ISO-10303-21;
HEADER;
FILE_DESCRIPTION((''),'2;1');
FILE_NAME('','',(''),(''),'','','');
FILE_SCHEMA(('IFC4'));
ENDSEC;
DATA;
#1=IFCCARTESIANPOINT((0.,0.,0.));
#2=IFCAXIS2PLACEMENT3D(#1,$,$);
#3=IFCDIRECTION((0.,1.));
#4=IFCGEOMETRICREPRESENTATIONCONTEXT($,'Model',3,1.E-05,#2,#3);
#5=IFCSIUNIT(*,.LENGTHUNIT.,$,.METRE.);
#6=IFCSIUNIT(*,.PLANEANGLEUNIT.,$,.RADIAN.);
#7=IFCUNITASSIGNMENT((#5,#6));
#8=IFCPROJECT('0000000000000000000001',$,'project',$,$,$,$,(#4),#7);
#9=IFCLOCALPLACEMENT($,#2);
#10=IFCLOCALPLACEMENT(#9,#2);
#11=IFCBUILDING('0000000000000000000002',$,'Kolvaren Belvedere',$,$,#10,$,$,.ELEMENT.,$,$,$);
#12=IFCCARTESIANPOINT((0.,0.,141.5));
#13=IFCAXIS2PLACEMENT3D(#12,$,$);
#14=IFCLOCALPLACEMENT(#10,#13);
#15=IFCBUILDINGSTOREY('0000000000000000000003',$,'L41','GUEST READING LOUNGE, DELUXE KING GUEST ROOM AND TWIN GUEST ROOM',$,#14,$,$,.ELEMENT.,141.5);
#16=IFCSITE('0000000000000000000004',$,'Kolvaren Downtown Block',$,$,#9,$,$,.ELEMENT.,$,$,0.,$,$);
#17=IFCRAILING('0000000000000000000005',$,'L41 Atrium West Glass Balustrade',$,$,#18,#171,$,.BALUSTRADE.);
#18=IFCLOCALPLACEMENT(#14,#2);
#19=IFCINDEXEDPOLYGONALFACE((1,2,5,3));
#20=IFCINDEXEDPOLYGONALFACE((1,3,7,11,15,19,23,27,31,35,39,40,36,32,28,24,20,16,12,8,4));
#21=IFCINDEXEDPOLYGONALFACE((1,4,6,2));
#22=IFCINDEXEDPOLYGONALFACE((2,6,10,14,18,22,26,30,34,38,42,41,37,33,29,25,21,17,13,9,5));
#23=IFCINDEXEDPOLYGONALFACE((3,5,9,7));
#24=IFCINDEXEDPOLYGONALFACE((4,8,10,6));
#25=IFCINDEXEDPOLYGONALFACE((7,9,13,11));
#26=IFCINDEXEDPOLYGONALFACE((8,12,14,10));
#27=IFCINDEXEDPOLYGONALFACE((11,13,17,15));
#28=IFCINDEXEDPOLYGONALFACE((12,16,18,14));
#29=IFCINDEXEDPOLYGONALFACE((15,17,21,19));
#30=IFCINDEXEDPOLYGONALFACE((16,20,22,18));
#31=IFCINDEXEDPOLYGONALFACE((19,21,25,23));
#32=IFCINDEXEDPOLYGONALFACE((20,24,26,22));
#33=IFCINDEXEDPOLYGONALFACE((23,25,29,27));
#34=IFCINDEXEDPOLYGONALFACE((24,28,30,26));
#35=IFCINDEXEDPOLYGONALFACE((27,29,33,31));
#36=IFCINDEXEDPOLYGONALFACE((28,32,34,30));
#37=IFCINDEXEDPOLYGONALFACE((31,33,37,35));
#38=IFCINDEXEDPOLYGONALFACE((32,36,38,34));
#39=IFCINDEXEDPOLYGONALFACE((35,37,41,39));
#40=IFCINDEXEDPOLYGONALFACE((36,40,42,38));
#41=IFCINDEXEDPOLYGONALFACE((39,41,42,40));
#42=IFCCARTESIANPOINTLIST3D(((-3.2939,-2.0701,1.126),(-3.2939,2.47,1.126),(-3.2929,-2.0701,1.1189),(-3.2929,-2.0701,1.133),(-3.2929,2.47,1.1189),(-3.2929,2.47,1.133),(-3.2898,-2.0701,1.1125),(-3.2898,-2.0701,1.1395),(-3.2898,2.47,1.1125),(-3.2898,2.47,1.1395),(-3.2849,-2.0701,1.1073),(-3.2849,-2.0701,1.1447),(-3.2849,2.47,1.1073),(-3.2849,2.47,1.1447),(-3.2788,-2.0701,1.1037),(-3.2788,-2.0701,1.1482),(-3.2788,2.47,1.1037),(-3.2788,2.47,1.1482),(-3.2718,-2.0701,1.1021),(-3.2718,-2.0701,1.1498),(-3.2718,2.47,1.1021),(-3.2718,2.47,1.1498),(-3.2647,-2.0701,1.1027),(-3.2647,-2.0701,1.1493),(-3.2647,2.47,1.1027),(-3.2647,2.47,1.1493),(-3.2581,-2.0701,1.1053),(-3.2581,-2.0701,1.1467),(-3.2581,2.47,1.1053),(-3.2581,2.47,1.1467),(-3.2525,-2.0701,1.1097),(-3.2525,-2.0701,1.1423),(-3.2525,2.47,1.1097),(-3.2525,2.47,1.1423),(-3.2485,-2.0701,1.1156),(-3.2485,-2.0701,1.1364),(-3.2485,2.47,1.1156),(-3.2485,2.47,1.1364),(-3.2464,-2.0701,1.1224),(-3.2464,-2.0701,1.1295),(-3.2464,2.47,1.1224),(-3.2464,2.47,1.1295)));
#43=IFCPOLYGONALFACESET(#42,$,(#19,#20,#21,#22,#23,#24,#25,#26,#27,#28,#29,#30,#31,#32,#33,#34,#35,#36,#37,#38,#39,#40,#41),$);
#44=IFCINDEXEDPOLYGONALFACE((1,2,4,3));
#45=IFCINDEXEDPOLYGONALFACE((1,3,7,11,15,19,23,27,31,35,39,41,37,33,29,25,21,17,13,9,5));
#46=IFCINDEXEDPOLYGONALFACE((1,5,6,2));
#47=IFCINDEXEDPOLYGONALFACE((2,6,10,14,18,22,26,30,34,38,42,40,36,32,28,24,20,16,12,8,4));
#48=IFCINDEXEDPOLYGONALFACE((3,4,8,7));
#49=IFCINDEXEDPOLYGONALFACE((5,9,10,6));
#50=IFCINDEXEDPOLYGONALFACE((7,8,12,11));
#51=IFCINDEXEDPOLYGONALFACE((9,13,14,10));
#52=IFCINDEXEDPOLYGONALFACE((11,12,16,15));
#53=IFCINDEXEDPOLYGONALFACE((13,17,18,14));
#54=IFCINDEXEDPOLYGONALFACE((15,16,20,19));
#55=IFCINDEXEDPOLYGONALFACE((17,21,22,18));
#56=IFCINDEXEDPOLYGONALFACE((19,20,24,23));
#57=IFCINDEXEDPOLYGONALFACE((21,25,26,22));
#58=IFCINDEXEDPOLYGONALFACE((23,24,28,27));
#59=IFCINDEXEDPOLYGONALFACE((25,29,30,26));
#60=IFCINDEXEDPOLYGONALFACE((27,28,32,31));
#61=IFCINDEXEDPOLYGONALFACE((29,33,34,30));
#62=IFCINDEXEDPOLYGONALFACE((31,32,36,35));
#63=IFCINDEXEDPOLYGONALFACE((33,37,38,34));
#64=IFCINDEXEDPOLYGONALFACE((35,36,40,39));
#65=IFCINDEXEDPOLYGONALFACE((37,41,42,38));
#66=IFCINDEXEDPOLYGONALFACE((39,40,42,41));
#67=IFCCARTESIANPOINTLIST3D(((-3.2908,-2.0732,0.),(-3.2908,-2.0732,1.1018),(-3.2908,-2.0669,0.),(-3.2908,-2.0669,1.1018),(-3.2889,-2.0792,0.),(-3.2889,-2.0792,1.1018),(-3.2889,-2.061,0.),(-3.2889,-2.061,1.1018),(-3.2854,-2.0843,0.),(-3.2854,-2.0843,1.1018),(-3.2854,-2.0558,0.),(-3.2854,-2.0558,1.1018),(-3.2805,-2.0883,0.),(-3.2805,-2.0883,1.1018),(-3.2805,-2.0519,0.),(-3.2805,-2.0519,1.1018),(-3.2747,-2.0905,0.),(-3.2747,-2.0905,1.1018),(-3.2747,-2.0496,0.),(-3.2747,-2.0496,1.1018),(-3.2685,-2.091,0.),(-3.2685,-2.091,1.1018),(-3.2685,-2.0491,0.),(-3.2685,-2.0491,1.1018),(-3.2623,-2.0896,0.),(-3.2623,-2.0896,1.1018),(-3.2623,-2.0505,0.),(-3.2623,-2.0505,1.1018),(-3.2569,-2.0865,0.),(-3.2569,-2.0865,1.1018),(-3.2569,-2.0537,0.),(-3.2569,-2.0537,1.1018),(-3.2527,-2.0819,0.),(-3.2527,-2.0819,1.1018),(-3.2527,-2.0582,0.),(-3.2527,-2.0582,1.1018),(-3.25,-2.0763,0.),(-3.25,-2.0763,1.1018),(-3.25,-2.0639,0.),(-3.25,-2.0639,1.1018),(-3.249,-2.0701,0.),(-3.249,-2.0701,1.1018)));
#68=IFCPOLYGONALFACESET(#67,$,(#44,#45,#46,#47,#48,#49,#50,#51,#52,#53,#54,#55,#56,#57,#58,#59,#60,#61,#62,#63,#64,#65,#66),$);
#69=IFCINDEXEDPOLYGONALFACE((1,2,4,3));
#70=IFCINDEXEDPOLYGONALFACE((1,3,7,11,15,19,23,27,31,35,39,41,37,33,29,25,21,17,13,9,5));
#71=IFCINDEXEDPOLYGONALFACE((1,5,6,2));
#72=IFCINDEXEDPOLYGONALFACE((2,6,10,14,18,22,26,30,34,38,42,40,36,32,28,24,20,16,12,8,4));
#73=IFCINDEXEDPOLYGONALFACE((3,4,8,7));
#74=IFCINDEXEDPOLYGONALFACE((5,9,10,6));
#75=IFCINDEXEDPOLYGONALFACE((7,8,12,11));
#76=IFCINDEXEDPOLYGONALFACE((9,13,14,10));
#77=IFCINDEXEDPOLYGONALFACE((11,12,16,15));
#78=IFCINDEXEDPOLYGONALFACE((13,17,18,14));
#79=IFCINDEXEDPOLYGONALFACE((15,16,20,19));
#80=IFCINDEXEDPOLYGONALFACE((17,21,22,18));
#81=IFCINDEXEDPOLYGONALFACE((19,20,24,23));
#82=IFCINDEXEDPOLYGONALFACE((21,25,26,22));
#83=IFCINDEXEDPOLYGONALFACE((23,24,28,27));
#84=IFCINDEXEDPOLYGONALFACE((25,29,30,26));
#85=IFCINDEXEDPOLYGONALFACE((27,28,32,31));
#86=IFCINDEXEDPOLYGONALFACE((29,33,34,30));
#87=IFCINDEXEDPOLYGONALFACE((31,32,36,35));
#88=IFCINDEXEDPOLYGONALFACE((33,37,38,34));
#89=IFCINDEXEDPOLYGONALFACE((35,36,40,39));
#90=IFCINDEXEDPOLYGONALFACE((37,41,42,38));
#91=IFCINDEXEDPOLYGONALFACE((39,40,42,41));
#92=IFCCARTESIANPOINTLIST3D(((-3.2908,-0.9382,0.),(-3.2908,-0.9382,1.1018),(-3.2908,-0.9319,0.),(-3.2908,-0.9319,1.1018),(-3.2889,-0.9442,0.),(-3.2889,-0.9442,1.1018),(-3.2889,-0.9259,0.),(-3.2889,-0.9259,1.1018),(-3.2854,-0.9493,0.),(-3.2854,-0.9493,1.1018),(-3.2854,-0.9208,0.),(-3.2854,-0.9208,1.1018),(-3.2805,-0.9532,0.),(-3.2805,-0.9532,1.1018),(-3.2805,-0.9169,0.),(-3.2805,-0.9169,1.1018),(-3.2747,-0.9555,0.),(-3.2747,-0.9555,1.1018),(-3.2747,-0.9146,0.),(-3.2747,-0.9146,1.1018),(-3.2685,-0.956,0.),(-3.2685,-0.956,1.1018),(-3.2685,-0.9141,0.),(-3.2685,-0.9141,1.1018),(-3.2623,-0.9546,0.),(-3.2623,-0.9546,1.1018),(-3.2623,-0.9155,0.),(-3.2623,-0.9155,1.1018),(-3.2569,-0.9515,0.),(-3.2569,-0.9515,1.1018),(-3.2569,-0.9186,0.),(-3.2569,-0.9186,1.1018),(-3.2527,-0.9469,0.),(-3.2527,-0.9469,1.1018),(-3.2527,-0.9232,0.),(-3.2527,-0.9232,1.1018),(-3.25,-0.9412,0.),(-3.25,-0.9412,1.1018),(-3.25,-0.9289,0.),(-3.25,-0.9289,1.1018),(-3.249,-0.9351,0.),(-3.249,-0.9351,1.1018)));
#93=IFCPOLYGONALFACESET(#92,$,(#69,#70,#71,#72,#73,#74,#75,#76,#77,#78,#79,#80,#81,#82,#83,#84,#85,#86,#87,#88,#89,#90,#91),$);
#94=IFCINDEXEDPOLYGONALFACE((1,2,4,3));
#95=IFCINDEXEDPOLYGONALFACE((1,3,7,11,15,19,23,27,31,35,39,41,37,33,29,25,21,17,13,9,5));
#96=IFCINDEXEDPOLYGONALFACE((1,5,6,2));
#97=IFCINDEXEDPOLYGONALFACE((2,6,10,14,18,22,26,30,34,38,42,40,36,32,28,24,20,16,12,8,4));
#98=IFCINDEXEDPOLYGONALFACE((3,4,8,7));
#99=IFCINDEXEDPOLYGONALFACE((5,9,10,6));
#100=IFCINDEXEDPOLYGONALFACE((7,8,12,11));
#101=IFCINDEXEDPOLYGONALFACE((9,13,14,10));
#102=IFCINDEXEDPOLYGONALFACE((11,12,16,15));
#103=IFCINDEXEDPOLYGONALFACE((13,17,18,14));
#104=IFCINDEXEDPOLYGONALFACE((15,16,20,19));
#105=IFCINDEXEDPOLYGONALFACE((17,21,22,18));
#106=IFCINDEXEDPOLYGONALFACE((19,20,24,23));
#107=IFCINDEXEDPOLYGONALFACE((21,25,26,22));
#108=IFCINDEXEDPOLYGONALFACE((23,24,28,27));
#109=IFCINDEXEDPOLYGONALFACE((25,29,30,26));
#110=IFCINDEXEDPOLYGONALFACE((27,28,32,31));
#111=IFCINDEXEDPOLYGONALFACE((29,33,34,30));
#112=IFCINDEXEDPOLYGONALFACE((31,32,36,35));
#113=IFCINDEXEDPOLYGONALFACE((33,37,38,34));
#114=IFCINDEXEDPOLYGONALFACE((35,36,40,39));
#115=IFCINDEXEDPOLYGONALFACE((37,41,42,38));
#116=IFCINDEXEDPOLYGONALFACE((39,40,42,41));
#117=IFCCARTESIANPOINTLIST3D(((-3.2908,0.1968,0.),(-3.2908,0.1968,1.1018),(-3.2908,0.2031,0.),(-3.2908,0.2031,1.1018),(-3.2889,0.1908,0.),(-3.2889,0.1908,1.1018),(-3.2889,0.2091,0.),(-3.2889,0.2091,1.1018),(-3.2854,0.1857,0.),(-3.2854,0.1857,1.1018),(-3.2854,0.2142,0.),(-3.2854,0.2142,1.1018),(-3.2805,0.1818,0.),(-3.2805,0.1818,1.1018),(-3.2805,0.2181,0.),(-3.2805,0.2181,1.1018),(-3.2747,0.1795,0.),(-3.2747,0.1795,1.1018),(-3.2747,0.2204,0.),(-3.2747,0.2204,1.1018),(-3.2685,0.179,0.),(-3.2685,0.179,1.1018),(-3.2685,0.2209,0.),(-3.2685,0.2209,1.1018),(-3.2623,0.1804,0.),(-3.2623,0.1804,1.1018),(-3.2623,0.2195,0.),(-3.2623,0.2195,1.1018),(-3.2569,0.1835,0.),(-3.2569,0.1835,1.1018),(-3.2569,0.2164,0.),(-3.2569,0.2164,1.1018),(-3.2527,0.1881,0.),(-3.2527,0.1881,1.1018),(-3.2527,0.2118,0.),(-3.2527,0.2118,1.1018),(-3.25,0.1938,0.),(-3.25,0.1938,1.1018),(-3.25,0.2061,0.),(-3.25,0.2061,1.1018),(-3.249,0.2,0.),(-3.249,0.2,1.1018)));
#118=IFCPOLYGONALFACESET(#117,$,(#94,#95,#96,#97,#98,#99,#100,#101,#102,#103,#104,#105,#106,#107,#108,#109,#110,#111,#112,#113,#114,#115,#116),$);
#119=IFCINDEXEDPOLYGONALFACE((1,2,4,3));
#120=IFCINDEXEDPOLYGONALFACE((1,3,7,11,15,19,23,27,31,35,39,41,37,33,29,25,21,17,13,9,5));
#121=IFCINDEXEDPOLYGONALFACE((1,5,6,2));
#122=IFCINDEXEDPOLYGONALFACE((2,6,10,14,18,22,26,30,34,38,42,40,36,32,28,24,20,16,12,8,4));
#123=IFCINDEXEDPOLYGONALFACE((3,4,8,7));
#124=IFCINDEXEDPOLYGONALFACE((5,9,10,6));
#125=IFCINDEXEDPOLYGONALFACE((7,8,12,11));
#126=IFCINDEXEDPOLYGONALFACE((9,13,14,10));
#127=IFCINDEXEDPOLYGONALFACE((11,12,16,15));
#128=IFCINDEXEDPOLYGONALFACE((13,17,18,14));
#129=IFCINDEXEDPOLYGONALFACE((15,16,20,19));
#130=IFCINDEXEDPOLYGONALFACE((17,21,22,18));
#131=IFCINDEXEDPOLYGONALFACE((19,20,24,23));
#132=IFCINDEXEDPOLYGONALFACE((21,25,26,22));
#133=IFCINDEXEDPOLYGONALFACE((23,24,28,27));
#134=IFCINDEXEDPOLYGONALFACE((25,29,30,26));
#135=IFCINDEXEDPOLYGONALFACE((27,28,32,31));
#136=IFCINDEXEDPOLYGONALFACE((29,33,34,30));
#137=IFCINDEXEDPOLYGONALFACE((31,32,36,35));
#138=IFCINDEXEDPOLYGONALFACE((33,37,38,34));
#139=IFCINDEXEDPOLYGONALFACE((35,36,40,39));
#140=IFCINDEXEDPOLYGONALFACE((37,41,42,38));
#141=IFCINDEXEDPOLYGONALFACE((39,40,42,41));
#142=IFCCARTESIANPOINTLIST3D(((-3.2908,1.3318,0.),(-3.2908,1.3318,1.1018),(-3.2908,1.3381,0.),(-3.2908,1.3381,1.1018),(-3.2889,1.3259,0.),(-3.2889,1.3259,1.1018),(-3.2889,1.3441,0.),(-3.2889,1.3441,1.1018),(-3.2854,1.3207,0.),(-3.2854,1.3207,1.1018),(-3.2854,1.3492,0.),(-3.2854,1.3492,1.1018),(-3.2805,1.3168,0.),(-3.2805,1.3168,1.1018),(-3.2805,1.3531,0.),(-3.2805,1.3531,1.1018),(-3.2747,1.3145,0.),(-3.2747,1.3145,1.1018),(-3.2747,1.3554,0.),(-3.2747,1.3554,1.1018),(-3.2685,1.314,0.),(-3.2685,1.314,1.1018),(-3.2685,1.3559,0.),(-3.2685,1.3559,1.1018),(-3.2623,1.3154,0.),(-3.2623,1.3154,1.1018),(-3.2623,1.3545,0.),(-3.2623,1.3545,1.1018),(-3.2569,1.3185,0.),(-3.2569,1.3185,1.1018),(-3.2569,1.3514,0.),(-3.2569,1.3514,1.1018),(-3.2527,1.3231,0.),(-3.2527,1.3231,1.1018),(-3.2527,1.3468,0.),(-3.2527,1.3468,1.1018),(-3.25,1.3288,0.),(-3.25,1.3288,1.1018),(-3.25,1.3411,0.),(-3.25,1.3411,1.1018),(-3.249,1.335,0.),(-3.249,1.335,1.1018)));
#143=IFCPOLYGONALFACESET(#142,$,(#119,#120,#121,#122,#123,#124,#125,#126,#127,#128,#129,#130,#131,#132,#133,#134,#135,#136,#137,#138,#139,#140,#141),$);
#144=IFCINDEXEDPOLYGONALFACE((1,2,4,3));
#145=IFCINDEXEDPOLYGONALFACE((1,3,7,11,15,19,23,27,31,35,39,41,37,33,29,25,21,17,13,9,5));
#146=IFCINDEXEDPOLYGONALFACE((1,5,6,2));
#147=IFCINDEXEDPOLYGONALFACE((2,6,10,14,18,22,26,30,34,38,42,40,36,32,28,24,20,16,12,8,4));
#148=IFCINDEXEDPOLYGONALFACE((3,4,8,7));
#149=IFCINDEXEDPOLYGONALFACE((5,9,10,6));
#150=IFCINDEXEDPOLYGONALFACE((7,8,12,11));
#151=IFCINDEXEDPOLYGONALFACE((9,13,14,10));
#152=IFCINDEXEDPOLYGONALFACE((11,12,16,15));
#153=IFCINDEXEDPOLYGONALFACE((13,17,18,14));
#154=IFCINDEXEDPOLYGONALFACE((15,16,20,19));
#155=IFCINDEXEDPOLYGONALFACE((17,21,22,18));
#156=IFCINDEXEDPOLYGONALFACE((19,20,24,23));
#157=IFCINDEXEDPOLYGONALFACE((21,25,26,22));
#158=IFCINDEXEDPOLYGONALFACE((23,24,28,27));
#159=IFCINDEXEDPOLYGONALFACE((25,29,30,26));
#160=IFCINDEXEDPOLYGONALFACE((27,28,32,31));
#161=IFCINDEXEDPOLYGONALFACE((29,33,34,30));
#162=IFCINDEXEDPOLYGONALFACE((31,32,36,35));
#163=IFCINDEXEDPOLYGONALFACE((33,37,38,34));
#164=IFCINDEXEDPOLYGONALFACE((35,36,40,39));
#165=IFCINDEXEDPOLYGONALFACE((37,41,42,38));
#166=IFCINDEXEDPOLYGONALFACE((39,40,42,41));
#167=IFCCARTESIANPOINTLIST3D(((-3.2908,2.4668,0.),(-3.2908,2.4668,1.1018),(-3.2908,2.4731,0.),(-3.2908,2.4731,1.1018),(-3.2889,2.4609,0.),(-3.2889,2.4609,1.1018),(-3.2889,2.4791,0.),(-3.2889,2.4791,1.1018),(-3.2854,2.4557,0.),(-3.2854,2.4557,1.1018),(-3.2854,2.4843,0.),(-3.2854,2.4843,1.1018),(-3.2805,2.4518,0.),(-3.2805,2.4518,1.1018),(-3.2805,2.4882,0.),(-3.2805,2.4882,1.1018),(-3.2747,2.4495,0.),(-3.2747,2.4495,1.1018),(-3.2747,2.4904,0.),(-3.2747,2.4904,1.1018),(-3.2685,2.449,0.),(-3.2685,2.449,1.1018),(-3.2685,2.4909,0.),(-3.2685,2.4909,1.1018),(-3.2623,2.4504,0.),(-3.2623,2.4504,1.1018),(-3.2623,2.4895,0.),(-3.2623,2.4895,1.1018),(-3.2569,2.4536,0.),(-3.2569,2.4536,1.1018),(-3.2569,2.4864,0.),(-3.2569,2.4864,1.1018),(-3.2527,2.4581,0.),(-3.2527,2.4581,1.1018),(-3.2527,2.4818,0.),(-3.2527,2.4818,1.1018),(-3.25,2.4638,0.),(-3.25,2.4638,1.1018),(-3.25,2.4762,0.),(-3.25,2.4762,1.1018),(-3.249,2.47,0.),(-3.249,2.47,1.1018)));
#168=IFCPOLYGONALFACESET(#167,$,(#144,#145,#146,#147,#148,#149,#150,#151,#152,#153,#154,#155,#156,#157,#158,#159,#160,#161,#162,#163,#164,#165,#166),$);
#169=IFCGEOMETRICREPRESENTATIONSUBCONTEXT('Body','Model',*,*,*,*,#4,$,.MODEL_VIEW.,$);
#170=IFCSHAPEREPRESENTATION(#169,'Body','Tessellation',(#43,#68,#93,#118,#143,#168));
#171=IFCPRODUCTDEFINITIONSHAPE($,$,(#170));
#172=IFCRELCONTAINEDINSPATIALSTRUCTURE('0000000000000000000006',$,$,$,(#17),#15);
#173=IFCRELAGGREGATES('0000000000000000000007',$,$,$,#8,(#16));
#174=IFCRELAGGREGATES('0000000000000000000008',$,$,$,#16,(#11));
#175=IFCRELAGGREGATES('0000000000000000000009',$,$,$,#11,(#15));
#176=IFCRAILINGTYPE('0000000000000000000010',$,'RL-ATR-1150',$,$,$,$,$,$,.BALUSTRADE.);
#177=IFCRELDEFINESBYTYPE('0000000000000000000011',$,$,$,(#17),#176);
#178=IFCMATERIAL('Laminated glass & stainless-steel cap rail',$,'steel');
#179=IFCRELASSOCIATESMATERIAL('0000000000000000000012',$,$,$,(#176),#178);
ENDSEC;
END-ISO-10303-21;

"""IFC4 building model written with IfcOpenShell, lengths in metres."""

from ifc_helpers import new_model, si_unit, direction, frame, origin, origin_2d, place, context, subcontext, project, spatial, circle, extrude, material, type_object, element, save


model = new_model("IFC4")

# Units and contexts
model_context = context("Model", 3, precision=1e-05, world=origin(), true_north=direction((0.0, 1.0)))
body_context = subcontext(model_context, "Body", "Model", "MODEL_VIEW")
ifc_project = project(units=[si_unit("LENGTHUNIT", "METRE"), si_unit("PLANEANGLEUNIT", "RADIAN")], contexts=[model_context])

# Site, building, storey
site_placement = place(None, origin())
site = spatial("IfcSite", under=ifc_project, at=site_placement, Name="Kolvaren Downtown Block", CompositionType="ELEMENT", RefElevation=0.0)
building_placement = place(site_placement, origin())
building = spatial("IfcBuilding", under=site, at=building_placement, Name="Kolvaren Belvedere", CompositionType="ELEMENT")
storey_placement = place(building_placement, frame((0.0, 0.0, 141.5)))
storey = spatial("IfcBuildingStorey", under=building, at=storey_placement, Name="L41", Description="GUEST READING LOUNGE, DELUXE KING GUEST ROOM AND TWIN GUEST ROOM", CompositionType="ELEMENT", Elevation=141.5)

# Railing
ifc_material_1 = material(Name="Laminated glass & stainless-steel cap rail", Category="steel")
railing_type_1 = type_object("IfcRailingType", Name="RL-ATR-1150", PredefinedType="BALUSTRADE", material=ifc_material_1)
railing_1_placement = place(storey_placement, frame((-3.27, -2.0701, 0.0)))
element("IfcRailing", 1, at=railing_1_placement, inside=storey, type_object=railing_type_1, Name="L41 Atrium West Glass Balustrade", PredefinedType="BALUSTRADE", context=body_context, shape_type="SweptSolid", body=[
    extrude(circle(Radius=0.0239, at=origin_2d()), frame((0.0, 0.0, 1.126), z_axis=(0.0, 1.0, 0.0), x_axis=(-1.0, 0.0, 0.0)), (0.0, 0.0, 1.0), 4.54),
    extrude(circle(Radius=0.021, at=origin_2d()), origin(), (0.0, 0.0, 1.0), 1.1018),
    extrude(circle(Radius=0.021, at=origin_2d()), frame((0.0, 1.135, 0.0)), (0.0, 0.0, 1.0), 1.1018),
    extrude(circle(Radius=0.021, at=origin_2d()), frame((0.0, 2.27, 0.0)), (0.0, 0.0, 1.0), 1.1018),
    extrude(circle(Radius=0.021, at=origin_2d()), frame((0.0, 3.405, 0.0)), (0.0, 0.0, 1.0), 1.1018),
    extrude(circle(Radius=0.021, at=origin_2d()), frame((0.0, 4.54, 0.0)), (0.0, 0.0, 1.0), 1.1018),
])

save(model, "model.ifc")
